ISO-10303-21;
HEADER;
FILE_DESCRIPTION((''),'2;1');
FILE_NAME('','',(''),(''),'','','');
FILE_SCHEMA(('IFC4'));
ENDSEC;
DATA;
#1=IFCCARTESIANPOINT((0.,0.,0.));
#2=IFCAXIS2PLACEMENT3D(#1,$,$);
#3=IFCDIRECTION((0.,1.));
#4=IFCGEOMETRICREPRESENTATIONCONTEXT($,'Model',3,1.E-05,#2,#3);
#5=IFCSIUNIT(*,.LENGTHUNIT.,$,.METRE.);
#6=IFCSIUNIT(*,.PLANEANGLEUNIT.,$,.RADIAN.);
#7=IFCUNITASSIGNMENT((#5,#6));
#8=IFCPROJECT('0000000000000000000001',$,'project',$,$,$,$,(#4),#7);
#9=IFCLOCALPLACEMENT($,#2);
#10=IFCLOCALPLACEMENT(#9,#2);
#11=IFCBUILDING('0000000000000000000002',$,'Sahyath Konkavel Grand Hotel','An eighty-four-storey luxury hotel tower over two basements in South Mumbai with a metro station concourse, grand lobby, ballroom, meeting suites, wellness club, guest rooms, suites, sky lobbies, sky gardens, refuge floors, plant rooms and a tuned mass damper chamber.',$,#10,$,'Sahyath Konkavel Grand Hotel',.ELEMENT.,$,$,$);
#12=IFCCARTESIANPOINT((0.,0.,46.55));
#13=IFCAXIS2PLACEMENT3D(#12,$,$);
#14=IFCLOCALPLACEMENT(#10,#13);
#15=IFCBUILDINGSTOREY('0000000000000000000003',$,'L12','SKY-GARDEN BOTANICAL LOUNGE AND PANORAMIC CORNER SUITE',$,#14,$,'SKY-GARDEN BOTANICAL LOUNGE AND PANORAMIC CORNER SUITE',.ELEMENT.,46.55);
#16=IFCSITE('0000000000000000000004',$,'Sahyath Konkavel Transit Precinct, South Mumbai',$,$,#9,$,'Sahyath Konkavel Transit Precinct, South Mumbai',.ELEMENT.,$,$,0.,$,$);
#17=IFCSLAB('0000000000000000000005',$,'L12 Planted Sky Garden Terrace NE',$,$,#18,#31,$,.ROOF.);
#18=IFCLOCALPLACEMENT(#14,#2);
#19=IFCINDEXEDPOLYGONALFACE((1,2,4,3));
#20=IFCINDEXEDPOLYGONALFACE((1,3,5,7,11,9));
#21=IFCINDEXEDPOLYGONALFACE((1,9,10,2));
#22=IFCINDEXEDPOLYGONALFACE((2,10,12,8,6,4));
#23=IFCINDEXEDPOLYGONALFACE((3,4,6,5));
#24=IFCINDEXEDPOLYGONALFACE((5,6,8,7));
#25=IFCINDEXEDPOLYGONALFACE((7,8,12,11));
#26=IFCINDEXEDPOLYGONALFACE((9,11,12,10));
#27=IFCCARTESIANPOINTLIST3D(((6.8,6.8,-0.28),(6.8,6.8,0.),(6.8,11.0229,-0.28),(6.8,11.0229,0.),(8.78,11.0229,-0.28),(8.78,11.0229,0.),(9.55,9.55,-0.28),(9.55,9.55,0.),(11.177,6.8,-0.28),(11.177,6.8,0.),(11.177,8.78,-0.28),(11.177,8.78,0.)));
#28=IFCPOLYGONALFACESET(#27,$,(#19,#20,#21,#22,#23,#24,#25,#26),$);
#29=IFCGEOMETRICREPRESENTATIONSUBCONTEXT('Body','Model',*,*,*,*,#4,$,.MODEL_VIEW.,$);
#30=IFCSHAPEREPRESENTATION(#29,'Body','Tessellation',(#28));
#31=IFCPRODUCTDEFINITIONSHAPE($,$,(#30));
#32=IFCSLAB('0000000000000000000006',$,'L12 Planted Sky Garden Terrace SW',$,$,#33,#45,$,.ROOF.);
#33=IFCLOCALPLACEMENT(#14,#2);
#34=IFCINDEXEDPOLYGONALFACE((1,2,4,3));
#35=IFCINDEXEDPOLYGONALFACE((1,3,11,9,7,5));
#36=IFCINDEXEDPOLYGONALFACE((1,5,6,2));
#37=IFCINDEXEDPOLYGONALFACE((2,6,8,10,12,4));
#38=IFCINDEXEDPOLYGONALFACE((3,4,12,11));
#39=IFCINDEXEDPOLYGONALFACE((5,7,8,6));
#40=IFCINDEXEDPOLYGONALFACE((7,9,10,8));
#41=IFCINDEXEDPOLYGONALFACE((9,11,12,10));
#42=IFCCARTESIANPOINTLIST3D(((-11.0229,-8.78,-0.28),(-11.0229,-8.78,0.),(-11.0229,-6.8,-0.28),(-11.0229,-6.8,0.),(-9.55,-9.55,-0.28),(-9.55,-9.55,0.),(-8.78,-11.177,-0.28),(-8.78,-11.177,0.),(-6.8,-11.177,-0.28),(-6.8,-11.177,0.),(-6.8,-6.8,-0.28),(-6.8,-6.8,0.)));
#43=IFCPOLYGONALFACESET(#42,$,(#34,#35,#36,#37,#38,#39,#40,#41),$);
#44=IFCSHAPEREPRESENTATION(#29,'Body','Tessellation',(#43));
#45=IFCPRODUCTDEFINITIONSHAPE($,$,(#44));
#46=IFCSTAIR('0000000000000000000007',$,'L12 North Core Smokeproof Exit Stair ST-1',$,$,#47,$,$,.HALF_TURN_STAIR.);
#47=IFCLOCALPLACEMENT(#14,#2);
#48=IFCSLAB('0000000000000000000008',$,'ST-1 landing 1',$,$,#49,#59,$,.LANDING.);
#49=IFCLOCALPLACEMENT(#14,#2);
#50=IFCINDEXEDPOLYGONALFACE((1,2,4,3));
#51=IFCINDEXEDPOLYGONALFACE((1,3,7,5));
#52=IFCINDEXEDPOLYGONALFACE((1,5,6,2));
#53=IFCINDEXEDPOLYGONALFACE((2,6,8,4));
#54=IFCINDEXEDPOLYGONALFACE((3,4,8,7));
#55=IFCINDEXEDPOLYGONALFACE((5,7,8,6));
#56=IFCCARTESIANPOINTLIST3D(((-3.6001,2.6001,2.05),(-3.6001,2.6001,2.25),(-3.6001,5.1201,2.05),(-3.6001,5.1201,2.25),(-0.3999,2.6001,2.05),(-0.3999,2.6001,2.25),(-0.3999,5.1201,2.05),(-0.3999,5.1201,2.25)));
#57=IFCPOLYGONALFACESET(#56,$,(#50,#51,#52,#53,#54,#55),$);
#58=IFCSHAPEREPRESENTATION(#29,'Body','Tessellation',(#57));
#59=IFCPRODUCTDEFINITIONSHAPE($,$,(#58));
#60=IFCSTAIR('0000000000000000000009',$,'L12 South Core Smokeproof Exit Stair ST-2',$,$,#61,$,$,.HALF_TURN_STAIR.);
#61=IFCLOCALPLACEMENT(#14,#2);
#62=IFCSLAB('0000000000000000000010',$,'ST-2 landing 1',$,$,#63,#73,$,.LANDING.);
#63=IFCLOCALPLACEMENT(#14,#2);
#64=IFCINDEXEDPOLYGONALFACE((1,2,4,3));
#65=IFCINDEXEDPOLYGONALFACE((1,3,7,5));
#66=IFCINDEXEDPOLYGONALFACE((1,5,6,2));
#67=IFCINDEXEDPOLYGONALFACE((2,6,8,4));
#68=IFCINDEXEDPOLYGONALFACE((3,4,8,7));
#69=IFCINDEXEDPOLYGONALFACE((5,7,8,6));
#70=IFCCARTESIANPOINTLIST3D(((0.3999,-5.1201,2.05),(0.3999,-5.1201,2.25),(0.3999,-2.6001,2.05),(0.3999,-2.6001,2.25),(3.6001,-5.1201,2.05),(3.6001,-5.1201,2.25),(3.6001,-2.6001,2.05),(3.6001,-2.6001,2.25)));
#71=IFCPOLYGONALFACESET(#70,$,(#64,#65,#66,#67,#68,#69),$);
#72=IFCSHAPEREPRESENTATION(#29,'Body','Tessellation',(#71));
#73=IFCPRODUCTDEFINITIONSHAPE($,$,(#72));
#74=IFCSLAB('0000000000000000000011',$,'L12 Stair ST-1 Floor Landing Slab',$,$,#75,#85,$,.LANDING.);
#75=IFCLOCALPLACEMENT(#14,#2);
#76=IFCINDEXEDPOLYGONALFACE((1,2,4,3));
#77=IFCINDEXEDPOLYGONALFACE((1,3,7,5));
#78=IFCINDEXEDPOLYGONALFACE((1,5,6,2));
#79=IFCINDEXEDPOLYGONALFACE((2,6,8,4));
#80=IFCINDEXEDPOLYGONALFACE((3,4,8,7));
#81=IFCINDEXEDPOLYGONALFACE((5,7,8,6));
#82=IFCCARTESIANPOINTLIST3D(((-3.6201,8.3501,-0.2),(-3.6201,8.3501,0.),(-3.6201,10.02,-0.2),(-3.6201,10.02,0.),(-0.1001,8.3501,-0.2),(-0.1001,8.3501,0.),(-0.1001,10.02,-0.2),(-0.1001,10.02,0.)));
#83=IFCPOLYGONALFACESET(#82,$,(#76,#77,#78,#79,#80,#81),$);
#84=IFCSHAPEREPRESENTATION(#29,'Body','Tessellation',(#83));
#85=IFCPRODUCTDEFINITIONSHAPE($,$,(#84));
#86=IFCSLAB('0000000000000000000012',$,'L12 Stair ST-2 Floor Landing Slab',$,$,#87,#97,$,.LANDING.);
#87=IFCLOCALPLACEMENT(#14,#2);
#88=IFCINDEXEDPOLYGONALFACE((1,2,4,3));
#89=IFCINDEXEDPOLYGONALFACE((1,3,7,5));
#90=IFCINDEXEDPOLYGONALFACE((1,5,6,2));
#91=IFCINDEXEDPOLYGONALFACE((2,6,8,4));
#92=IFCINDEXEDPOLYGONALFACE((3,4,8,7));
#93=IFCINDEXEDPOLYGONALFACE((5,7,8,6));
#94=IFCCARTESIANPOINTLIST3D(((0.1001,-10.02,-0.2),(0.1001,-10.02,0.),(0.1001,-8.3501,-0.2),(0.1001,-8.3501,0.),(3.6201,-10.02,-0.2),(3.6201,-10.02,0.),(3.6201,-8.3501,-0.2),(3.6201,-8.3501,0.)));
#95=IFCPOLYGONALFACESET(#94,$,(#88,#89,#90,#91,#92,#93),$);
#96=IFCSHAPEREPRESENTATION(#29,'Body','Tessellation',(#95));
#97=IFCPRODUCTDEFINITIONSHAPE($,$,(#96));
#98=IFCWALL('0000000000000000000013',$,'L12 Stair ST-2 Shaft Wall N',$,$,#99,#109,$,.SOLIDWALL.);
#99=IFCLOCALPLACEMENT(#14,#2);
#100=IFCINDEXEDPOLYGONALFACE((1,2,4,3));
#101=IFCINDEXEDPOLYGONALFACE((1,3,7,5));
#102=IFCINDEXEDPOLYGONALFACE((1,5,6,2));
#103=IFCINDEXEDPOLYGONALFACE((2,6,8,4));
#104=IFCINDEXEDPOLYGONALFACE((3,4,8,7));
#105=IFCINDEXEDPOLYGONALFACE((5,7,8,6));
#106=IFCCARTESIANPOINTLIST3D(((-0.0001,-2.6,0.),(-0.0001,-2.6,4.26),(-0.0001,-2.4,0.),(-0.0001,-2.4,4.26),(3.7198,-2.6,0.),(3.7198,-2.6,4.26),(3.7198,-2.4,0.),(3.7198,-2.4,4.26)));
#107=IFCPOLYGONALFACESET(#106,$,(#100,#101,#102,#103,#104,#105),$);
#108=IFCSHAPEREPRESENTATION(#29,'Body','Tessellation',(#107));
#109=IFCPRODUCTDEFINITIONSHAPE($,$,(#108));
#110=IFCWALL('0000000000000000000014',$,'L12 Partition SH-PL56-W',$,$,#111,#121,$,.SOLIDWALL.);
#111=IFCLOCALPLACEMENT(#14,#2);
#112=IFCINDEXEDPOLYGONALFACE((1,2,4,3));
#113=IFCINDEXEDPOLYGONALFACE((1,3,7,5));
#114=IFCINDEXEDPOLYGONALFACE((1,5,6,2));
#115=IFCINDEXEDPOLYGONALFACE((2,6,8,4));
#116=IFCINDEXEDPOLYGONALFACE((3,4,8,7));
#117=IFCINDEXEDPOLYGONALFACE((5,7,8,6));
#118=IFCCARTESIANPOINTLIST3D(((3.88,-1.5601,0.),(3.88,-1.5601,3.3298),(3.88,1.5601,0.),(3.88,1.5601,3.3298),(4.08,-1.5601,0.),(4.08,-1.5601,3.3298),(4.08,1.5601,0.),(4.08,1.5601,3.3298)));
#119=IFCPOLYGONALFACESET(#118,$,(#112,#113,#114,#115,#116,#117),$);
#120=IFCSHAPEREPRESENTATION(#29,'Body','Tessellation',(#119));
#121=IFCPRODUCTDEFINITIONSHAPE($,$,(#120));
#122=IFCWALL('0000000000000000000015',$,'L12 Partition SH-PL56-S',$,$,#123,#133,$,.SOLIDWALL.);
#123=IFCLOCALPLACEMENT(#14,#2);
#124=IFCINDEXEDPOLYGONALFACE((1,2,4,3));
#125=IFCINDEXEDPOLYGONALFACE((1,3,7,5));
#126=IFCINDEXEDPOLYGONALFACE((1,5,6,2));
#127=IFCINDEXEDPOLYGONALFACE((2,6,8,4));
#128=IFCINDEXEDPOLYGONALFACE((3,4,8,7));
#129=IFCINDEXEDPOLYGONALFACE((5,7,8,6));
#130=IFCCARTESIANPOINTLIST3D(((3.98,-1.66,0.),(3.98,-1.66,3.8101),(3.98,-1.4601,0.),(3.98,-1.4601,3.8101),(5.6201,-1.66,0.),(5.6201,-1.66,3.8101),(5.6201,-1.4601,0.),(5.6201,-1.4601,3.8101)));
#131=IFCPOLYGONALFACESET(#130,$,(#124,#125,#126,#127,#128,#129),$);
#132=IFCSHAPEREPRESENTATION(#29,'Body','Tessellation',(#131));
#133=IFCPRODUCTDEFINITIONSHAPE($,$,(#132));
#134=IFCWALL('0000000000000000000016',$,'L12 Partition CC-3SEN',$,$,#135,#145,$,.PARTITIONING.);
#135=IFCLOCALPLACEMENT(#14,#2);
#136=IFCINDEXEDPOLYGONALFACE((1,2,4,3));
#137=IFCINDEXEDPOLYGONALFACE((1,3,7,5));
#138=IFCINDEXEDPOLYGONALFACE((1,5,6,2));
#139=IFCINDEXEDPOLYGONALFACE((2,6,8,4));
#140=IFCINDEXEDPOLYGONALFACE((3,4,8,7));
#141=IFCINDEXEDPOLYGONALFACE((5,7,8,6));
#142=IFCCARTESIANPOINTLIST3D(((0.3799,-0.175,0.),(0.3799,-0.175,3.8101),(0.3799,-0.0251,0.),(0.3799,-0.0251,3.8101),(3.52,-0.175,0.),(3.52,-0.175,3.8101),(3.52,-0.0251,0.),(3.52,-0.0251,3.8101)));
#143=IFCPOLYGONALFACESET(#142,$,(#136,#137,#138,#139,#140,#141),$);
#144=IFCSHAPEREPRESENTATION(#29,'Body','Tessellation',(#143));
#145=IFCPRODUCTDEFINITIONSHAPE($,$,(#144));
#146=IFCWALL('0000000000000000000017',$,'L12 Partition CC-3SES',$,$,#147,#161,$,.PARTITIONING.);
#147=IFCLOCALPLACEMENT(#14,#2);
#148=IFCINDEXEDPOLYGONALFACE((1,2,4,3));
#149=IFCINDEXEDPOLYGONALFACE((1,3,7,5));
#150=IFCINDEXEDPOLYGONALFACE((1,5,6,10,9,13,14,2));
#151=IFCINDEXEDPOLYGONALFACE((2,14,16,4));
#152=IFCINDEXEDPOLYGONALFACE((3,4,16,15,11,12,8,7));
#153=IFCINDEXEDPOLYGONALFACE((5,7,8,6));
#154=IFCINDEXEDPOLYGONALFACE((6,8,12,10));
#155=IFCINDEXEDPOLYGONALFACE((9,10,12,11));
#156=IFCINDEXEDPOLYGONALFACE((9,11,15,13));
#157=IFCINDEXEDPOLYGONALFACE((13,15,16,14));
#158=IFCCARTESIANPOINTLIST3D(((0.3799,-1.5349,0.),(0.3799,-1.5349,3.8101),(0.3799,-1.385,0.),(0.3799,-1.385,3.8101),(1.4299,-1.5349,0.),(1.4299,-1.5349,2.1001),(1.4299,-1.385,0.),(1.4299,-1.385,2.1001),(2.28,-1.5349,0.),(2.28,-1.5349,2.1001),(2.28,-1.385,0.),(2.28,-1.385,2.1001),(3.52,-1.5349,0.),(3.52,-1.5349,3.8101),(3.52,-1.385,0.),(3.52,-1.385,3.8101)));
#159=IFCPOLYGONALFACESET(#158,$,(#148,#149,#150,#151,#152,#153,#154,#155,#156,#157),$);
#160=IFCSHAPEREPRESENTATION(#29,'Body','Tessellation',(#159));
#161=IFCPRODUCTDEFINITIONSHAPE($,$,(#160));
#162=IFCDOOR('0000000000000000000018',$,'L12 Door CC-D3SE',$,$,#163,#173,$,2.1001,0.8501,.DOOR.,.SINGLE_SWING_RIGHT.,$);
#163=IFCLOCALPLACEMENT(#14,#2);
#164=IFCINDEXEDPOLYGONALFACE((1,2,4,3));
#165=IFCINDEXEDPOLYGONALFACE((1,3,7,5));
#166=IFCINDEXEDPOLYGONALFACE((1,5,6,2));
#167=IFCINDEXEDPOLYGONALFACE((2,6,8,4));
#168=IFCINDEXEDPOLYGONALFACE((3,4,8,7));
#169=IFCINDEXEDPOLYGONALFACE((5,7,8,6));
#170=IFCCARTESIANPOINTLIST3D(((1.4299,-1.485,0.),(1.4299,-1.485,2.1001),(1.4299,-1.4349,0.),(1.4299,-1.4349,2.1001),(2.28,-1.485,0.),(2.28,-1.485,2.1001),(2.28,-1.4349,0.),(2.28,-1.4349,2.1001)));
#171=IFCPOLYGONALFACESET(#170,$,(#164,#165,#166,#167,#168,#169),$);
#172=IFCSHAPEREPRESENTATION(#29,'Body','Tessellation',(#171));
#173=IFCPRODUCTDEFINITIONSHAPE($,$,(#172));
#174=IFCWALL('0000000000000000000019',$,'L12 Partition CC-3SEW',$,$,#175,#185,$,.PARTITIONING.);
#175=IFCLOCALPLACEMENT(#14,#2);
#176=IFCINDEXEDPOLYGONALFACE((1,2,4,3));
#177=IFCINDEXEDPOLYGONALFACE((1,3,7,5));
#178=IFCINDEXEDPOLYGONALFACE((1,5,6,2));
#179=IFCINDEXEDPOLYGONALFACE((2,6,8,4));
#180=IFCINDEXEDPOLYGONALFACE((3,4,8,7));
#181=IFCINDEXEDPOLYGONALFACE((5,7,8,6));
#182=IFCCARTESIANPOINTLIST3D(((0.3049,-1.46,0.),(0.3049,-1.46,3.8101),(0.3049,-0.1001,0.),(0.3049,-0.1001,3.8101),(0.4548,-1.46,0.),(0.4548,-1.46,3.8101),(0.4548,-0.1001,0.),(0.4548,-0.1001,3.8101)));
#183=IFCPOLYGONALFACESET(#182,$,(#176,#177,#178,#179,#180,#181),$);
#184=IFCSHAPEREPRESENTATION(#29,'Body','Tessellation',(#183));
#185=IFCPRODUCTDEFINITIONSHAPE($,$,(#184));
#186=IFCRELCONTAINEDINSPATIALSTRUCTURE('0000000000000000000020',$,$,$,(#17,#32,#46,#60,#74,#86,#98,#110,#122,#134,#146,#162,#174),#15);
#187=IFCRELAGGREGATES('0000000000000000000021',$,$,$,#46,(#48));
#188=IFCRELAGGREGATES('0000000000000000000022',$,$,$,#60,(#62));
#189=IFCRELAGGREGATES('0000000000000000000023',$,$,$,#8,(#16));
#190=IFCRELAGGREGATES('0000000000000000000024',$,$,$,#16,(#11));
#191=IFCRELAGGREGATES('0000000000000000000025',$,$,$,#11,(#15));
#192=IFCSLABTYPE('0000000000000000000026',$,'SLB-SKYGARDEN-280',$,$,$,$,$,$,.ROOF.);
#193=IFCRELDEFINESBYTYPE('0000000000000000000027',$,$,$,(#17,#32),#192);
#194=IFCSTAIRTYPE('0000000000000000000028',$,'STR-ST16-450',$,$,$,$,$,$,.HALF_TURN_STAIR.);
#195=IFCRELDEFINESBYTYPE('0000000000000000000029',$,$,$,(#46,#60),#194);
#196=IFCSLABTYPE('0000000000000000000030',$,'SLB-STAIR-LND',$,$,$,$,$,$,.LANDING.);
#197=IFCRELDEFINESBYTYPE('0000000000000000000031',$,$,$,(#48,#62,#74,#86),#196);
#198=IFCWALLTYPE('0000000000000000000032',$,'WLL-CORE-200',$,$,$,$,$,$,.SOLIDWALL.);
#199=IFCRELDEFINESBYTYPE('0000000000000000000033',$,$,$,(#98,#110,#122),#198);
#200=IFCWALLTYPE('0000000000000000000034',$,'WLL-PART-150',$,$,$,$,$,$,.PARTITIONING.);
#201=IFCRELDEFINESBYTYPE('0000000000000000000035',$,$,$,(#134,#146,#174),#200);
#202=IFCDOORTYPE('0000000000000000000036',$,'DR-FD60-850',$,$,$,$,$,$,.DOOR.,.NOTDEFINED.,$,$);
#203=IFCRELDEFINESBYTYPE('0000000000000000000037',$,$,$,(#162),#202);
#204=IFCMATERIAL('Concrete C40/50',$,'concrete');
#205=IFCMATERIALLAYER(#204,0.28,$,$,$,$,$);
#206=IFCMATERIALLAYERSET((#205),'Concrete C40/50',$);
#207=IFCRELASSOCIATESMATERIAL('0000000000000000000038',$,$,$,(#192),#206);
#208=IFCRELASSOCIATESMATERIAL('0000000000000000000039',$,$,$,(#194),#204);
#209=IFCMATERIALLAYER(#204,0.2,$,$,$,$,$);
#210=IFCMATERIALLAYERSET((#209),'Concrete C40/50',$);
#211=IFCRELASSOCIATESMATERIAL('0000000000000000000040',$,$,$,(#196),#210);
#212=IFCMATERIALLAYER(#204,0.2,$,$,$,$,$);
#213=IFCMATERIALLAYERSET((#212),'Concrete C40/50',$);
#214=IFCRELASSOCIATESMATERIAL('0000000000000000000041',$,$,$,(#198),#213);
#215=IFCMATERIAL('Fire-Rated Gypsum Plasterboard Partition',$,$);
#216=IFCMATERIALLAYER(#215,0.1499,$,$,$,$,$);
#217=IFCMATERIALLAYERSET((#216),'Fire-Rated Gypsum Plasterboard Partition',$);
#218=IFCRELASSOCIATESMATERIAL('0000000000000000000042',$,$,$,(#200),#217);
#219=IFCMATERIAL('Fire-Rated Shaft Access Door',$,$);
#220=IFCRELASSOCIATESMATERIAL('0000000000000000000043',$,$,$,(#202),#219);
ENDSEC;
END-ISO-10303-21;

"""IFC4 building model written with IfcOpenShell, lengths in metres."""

from ifc_helpers import new_model, si_unit, direction, frame, frame_2d, origin, origin_2d, place, context, subcontext, project, spatial, polyline, rectangle, outline, extrude, source, transform, mapped, material, layer, layer_set, type_object, element, fill, aggregate, save


model = new_model("IFC4")

# Units and contexts
model_context = context("Model", 3, precision=1e-05, world=origin(), true_north=direction((0.0, 1.0)))
body_context = subcontext(model_context, "Body", "Model", "MODEL_VIEW")
ifc_project = project(units=[si_unit("LENGTHUNIT", "METRE"), si_unit("PLANEANGLEUNIT", "RADIAN")], contexts=[model_context])

# Site, building, storey
site_placement = place(None, origin())
site = spatial("IfcSite", under=ifc_project, at=site_placement, Name="Sahyath Konkavel Transit Precinct, South Mumbai", LongName="Sahyath Konkavel Transit Precinct, South Mumbai", CompositionType="ELEMENT", RefElevation=0.0)
building_placement = place(site_placement, origin())
building = spatial("IfcBuilding", under=site, at=building_placement, Name="Sahyath Konkavel Grand Hotel", Description="An eighty-four-storey luxury hotel tower over two basements in South Mumbai with a metro station concourse, grand lobby, ballroom, meeting suites, wellness club, guest rooms, suites, sky lobbies, sky gardens, refuge floors, plant rooms and a tuned mass damper chamber.", LongName="Sahyath Konkavel Grand Hotel", CompositionType="ELEMENT")
storey_placement = place(building_placement, frame((0.0, 0.0, 46.55)))
storey = spatial("IfcBuildingStorey", under=building, at=storey_placement, Name="L12", Description="SKY-GARDEN BOTANICAL LOUNGE AND PANORAMIC CORNER SUITE", LongName="SKY-GARDEN BOTANICAL LOUNGE AND PANORAMIC CORNER SUITE", CompositionType="ELEMENT", Elevation=46.55)

# Slabs
ifc_material_1 = material(Name="Concrete C40/50", Category="concrete")
ifc_layer_1 = layer(ifc_material_1, 0.28)
ifc_layer_set_1 = layer_set([ifc_layer_1], Name="Concrete C40/50")
slab_type_1 = type_object("IfcSlabType", Name="SLB-SKYGARDEN-280", PredefinedType="ROOF", material=ifc_layer_set_1)
slab_1_placement = place(storey_placement, frame((0.0, 0.0, -0.28)))
element("IfcSlab", 1, at=slab_1_placement, inside=storey, type_object=slab_type_1, Name="L12 Planted Sky Garden Terrace NE", PredefinedType="ROOF", context=body_context, shape_type="SweptSolid", body=[
    extrude(outline(polyline([(6.8, 6.8), (11.177, 6.8), (11.177, 8.78), (9.55, 9.55), (8.78, 11.0229), (6.8, 11.0229), (6.8, 6.8)])), origin(), (0.0, 0.0, 1.0), 0.28),
])
slab_2_placement = place(storey_placement, frame((0.0, 0.0, -0.28)))
element("IfcSlab", 2, at=slab_2_placement, inside=storey, type_object=slab_type_1, Name="L12 Planted Sky Garden Terrace SW", PredefinedType="ROOF", context=body_context, shape_type="SweptSolid", body=[
    extrude(outline(polyline([(-6.8, -6.8), (-11.0229, -6.8), (-11.0229, -8.78), (-9.55, -9.55), (-8.78, -11.177), (-6.8, -11.177), (-6.8, -6.8)])), origin(), (0.0, 0.0, 1.0), 0.28),
])

# Stairs, slabs
stair_type = type_object("IfcStairType", Name="STR-ST16-450", PredefinedType="HALF_TURN_STAIR", material=ifc_material_1)
stair_1_placement = place(storey_placement, origin())
stair_1 = element("IfcStair", 3, at=stair_1_placement, inside=storey, type_object=stair_type, Name="L12 North Core Smokeproof Exit Stair ST-1", PredefinedType="HALF_TURN_STAIR")
ifc_layer_2 = layer(ifc_material_1, 0.2)
ifc_layer_set_2 = layer_set([ifc_layer_2], Name="Concrete C40/50")
slab_type_2 = type_object("IfcSlabType", Name="SLB-STAIR-LND", PredefinedType="LANDING", material=ifc_layer_set_2)
slab_3_placement = place(storey_placement, frame((0.0, 0.0, 2.05)))
slab_3 = element("IfcSlab", 4, at=slab_3_placement, type_object=slab_type_2, Name="ST-1 landing 1", PredefinedType="LANDING", context=body_context, shape_type="SweptSolid", body=[
    extrude(outline(polyline([(-3.6001, 5.1201), (-3.6001, 2.6001), (-0.3999, 2.6001), (-0.3999, 5.1201), (-3.6001, 5.1201)])), origin(), (0.0, 0.0, 1.0), 0.2),
])
aggregate(stair_1, [slab_3])
stair_2_placement = place(storey_placement, origin())
stair_2 = element("IfcStair", 5, at=stair_2_placement, inside=storey, type_object=stair_type, Name="L12 South Core Smokeproof Exit Stair ST-2", PredefinedType="HALF_TURN_STAIR")
slab_4_placement = place(storey_placement, frame((0.0, 0.0, 2.05)))
slab_4 = element("IfcSlab", 6, at=slab_4_placement, type_object=slab_type_2, Name="ST-2 landing 1", PredefinedType="LANDING", context=body_context, shape_type="SweptSolid", body=[
    extrude(outline(polyline([(3.6001, -5.1201), (3.6001, -2.6001), (0.3999, -2.6001), (0.3999, -5.1201), (3.6001, -5.1201)])), origin(), (0.0, 0.0, 1.0), 0.2),
])

# Slabs
slab_5_placement = place(storey_placement, frame((0.0, 0.0, -0.2)))
element("IfcSlab", 7, at=slab_5_placement, inside=storey, type_object=slab_type_2, Name="L12 Stair ST-1 Floor Landing Slab", PredefinedType="LANDING", context=body_context, shape_type="SweptSolid", body=[
    extrude(outline(polyline([(-3.6201, 8.3501), (-0.1001, 8.3501), (-0.1001, 10.02), (-3.6201, 10.02), (-3.6201, 8.3501)])), origin(), (0.0, 0.0, 1.0), 0.2),
])
slab_6_placement = place(storey_placement, frame((0.0, 0.0, -0.2)))
element("IfcSlab", 8, at=slab_6_placement, inside=storey, type_object=slab_type_2, Name="L12 Stair ST-2 Floor Landing Slab", PredefinedType="LANDING", context=body_context, shape_type="SweptSolid", body=[
    extrude(outline(polyline([(0.1001, -10.02), (3.6201, -10.02), (3.6201, -8.3501), (0.1001, -8.3501), (0.1001, -10.02)])), origin(), (0.0, 0.0, 1.0), 0.2),
])

# Walls
ifc_layer_3 = layer(ifc_material_1, 0.2)
ifc_layer_set_3 = layer_set([ifc_layer_3], Name="Concrete C40/50")
wall_type_1 = type_object("IfcWallType", Name="WLL-CORE-200", PredefinedType="SOLIDWALL", material=ifc_layer_set_3)
wall_1_placement = place(storey_placement, frame((0.0, -2.5, 0.0), z_axis=(0.0, 0.0, 1.0), x_axis=(1.0, 0.0, 0.0)))
element("IfcWall", 9, at=wall_1_placement, inside=storey, type_object=wall_type_1, Name="L12 Stair ST-2 Shaft Wall N", PredefinedType="SOLIDWALL", context=body_context, shape_type="SweptSolid", body=[
    extrude(rectangle(XDim=3.72, YDim=0.2, at=frame_2d((1.8599, 0.0))), origin(), (0.0, 0.0, 1.0), 4.26),
])
wall_2_placement = place(storey_placement, frame((3.98, -1.5601, 0.0), z_axis=(0.0, 0.0, 1.0), x_axis=(0.0, 1.0, 0.0)))
element("IfcWall", 10, at=wall_2_placement, inside=storey, type_object=wall_type_1, Name="L12 Partition SH-PL56-W", PredefinedType="SOLIDWALL", context=body_context, shape_type="SweptSolid", body=[
    extrude(rectangle(XDim=3.1201, YDim=0.2, at=frame_2d((1.5601, 0.0))), origin(), (0.0, 0.0, 1.0), 3.3298),
])
wall_3_placement = place(storey_placement, frame((3.98, -1.5601, 0.0), z_axis=(0.0, 0.0, 1.0), x_axis=(1.0, 0.0, 0.0)))
element("IfcWall", 11, at=wall_3_placement, inside=storey, type_object=wall_type_1, Name="L12 Partition SH-PL56-S", PredefinedType="SOLIDWALL", context=body_context, shape_type="SweptSolid", body=[
    extrude(rectangle(XDim=1.6401, YDim=0.2, at=frame_2d((0.8201, 0.0))), origin(), (0.0, 0.0, 1.0), 3.8101),
])
ifc_material_2 = material(Name="Fire-Rated Gypsum Plasterboard Partition")
ifc_layer_4 = layer(ifc_material_2, 0.1499)
ifc_layer_set_4 = layer_set([ifc_layer_4], Name="Fire-Rated Gypsum Plasterboard Partition")
wall_type_2 = type_object("IfcWallType", Name="WLL-PART-150", PredefinedType="PARTITIONING", material=ifc_layer_set_4)
wall_4_placement = place(storey_placement, frame((0.3799, -0.1001, 0.0), z_axis=(0.0, 0.0, 1.0), x_axis=(1.0, 0.0, 0.0)))
element("IfcWall", 12, at=wall_4_placement, inside=storey, type_object=wall_type_2, Name="L12 Partition CC-3SEN", PredefinedType="PARTITIONING", context=body_context, shape_type="SweptSolid", body=[
    extrude(rectangle(XDim=3.1401, YDim=0.1499, at=frame_2d((1.5701, 0.0))), origin(), (0.0, 0.0, 1.0), 3.8101),
])

# Wall, opening, door
wall_5_placement = place(storey_placement, frame((0.3799, -1.46, 0.0), z_axis=(0.0, 0.0, 1.0), x_axis=(1.0, 0.0, 0.0)))
wall_5 = element("IfcWall", 13, at=wall_5_placement, inside=storey, type_object=wall_type_2, Name="L12 Partition CC-3SES", PredefinedType="PARTITIONING", context=body_context, shape_type="SweptSolid", body=[
    extrude(rectangle(XDim=3.1401, YDim=0.1499, at=frame_2d((1.5701, 0.0))), origin(), (0.0, 0.0, 1.0), 3.8101),
])
opening_placement = place(wall_5_placement, frame((1.05, 0.0, 0.0)))
opening = element("IfcOpeningElement", 14, at=opening_placement, cuts=wall_5, PredefinedType="OPENING", context=body_context, shape_type="SweptSolid", body=[
    extrude(rectangle(XDim=0.8501, YDim=2.1001, at=frame_2d((0.425, 1.05))), frame((0.0, 0.085, 0.0), z_axis=(0.0, -1.0, 0.0), x_axis=(1.0, 0.0, 0.0)), (0.0, 0.0, 1.0), 0.1699),
])
ifc_material_3 = material(Name="Fire-Rated Shaft Access Door")
door_type = type_object("IfcDoorType", Name="DR-FD60-850", OperationType="NOTDEFINED", PredefinedType="DOOR", material=ifc_material_3)
shared_shape_1 = source(origin(), body_context, "Body", "SweptSolid", [
    extrude(rectangle(XDim=0.8501, YDim=0.05, at=origin_2d()), origin(), (0.0, 0.0, 1.0), 2.1001),
])
door_placement = place(opening_placement, frame((0.425, 0.0, 0.0)))
door = element("IfcDoor", 15, at=door_placement, inside=storey, type_object=door_type, Name="L12 Door CC-D3SE", OperationType="SINGLE_SWING_RIGHT", OverallHeight=2.1001, OverallWidth=0.8501, PredefinedType="DOOR", context=body_context, shape_type="MappedRepresentation", body=[
    mapped(shared_shape_1, transform((0.0, 0.0, 0.0), scale=1.0)),
])
fill(opening, door)

# Wall
wall_6_placement = place(storey_placement, frame((0.3799, -1.46, 0.0), z_axis=(0.0, 0.0, 1.0), x_axis=(0.0, 1.0, 0.0)))
element("IfcWall", 16, at=wall_6_placement, inside=storey, type_object=wall_type_2, Name="L12 Partition CC-3SEW", PredefinedType="PARTITIONING", context=body_context, shape_type="SweptSolid", body=[
    extrude(rectangle(XDim=1.3599, YDim=0.1499, at=frame_2d((0.6799, 0.0))), origin(), (0.0, 0.0, 1.0), 3.8101),
])

aggregate(stair_2, [slab_4])

save(model, "model.ifc")
